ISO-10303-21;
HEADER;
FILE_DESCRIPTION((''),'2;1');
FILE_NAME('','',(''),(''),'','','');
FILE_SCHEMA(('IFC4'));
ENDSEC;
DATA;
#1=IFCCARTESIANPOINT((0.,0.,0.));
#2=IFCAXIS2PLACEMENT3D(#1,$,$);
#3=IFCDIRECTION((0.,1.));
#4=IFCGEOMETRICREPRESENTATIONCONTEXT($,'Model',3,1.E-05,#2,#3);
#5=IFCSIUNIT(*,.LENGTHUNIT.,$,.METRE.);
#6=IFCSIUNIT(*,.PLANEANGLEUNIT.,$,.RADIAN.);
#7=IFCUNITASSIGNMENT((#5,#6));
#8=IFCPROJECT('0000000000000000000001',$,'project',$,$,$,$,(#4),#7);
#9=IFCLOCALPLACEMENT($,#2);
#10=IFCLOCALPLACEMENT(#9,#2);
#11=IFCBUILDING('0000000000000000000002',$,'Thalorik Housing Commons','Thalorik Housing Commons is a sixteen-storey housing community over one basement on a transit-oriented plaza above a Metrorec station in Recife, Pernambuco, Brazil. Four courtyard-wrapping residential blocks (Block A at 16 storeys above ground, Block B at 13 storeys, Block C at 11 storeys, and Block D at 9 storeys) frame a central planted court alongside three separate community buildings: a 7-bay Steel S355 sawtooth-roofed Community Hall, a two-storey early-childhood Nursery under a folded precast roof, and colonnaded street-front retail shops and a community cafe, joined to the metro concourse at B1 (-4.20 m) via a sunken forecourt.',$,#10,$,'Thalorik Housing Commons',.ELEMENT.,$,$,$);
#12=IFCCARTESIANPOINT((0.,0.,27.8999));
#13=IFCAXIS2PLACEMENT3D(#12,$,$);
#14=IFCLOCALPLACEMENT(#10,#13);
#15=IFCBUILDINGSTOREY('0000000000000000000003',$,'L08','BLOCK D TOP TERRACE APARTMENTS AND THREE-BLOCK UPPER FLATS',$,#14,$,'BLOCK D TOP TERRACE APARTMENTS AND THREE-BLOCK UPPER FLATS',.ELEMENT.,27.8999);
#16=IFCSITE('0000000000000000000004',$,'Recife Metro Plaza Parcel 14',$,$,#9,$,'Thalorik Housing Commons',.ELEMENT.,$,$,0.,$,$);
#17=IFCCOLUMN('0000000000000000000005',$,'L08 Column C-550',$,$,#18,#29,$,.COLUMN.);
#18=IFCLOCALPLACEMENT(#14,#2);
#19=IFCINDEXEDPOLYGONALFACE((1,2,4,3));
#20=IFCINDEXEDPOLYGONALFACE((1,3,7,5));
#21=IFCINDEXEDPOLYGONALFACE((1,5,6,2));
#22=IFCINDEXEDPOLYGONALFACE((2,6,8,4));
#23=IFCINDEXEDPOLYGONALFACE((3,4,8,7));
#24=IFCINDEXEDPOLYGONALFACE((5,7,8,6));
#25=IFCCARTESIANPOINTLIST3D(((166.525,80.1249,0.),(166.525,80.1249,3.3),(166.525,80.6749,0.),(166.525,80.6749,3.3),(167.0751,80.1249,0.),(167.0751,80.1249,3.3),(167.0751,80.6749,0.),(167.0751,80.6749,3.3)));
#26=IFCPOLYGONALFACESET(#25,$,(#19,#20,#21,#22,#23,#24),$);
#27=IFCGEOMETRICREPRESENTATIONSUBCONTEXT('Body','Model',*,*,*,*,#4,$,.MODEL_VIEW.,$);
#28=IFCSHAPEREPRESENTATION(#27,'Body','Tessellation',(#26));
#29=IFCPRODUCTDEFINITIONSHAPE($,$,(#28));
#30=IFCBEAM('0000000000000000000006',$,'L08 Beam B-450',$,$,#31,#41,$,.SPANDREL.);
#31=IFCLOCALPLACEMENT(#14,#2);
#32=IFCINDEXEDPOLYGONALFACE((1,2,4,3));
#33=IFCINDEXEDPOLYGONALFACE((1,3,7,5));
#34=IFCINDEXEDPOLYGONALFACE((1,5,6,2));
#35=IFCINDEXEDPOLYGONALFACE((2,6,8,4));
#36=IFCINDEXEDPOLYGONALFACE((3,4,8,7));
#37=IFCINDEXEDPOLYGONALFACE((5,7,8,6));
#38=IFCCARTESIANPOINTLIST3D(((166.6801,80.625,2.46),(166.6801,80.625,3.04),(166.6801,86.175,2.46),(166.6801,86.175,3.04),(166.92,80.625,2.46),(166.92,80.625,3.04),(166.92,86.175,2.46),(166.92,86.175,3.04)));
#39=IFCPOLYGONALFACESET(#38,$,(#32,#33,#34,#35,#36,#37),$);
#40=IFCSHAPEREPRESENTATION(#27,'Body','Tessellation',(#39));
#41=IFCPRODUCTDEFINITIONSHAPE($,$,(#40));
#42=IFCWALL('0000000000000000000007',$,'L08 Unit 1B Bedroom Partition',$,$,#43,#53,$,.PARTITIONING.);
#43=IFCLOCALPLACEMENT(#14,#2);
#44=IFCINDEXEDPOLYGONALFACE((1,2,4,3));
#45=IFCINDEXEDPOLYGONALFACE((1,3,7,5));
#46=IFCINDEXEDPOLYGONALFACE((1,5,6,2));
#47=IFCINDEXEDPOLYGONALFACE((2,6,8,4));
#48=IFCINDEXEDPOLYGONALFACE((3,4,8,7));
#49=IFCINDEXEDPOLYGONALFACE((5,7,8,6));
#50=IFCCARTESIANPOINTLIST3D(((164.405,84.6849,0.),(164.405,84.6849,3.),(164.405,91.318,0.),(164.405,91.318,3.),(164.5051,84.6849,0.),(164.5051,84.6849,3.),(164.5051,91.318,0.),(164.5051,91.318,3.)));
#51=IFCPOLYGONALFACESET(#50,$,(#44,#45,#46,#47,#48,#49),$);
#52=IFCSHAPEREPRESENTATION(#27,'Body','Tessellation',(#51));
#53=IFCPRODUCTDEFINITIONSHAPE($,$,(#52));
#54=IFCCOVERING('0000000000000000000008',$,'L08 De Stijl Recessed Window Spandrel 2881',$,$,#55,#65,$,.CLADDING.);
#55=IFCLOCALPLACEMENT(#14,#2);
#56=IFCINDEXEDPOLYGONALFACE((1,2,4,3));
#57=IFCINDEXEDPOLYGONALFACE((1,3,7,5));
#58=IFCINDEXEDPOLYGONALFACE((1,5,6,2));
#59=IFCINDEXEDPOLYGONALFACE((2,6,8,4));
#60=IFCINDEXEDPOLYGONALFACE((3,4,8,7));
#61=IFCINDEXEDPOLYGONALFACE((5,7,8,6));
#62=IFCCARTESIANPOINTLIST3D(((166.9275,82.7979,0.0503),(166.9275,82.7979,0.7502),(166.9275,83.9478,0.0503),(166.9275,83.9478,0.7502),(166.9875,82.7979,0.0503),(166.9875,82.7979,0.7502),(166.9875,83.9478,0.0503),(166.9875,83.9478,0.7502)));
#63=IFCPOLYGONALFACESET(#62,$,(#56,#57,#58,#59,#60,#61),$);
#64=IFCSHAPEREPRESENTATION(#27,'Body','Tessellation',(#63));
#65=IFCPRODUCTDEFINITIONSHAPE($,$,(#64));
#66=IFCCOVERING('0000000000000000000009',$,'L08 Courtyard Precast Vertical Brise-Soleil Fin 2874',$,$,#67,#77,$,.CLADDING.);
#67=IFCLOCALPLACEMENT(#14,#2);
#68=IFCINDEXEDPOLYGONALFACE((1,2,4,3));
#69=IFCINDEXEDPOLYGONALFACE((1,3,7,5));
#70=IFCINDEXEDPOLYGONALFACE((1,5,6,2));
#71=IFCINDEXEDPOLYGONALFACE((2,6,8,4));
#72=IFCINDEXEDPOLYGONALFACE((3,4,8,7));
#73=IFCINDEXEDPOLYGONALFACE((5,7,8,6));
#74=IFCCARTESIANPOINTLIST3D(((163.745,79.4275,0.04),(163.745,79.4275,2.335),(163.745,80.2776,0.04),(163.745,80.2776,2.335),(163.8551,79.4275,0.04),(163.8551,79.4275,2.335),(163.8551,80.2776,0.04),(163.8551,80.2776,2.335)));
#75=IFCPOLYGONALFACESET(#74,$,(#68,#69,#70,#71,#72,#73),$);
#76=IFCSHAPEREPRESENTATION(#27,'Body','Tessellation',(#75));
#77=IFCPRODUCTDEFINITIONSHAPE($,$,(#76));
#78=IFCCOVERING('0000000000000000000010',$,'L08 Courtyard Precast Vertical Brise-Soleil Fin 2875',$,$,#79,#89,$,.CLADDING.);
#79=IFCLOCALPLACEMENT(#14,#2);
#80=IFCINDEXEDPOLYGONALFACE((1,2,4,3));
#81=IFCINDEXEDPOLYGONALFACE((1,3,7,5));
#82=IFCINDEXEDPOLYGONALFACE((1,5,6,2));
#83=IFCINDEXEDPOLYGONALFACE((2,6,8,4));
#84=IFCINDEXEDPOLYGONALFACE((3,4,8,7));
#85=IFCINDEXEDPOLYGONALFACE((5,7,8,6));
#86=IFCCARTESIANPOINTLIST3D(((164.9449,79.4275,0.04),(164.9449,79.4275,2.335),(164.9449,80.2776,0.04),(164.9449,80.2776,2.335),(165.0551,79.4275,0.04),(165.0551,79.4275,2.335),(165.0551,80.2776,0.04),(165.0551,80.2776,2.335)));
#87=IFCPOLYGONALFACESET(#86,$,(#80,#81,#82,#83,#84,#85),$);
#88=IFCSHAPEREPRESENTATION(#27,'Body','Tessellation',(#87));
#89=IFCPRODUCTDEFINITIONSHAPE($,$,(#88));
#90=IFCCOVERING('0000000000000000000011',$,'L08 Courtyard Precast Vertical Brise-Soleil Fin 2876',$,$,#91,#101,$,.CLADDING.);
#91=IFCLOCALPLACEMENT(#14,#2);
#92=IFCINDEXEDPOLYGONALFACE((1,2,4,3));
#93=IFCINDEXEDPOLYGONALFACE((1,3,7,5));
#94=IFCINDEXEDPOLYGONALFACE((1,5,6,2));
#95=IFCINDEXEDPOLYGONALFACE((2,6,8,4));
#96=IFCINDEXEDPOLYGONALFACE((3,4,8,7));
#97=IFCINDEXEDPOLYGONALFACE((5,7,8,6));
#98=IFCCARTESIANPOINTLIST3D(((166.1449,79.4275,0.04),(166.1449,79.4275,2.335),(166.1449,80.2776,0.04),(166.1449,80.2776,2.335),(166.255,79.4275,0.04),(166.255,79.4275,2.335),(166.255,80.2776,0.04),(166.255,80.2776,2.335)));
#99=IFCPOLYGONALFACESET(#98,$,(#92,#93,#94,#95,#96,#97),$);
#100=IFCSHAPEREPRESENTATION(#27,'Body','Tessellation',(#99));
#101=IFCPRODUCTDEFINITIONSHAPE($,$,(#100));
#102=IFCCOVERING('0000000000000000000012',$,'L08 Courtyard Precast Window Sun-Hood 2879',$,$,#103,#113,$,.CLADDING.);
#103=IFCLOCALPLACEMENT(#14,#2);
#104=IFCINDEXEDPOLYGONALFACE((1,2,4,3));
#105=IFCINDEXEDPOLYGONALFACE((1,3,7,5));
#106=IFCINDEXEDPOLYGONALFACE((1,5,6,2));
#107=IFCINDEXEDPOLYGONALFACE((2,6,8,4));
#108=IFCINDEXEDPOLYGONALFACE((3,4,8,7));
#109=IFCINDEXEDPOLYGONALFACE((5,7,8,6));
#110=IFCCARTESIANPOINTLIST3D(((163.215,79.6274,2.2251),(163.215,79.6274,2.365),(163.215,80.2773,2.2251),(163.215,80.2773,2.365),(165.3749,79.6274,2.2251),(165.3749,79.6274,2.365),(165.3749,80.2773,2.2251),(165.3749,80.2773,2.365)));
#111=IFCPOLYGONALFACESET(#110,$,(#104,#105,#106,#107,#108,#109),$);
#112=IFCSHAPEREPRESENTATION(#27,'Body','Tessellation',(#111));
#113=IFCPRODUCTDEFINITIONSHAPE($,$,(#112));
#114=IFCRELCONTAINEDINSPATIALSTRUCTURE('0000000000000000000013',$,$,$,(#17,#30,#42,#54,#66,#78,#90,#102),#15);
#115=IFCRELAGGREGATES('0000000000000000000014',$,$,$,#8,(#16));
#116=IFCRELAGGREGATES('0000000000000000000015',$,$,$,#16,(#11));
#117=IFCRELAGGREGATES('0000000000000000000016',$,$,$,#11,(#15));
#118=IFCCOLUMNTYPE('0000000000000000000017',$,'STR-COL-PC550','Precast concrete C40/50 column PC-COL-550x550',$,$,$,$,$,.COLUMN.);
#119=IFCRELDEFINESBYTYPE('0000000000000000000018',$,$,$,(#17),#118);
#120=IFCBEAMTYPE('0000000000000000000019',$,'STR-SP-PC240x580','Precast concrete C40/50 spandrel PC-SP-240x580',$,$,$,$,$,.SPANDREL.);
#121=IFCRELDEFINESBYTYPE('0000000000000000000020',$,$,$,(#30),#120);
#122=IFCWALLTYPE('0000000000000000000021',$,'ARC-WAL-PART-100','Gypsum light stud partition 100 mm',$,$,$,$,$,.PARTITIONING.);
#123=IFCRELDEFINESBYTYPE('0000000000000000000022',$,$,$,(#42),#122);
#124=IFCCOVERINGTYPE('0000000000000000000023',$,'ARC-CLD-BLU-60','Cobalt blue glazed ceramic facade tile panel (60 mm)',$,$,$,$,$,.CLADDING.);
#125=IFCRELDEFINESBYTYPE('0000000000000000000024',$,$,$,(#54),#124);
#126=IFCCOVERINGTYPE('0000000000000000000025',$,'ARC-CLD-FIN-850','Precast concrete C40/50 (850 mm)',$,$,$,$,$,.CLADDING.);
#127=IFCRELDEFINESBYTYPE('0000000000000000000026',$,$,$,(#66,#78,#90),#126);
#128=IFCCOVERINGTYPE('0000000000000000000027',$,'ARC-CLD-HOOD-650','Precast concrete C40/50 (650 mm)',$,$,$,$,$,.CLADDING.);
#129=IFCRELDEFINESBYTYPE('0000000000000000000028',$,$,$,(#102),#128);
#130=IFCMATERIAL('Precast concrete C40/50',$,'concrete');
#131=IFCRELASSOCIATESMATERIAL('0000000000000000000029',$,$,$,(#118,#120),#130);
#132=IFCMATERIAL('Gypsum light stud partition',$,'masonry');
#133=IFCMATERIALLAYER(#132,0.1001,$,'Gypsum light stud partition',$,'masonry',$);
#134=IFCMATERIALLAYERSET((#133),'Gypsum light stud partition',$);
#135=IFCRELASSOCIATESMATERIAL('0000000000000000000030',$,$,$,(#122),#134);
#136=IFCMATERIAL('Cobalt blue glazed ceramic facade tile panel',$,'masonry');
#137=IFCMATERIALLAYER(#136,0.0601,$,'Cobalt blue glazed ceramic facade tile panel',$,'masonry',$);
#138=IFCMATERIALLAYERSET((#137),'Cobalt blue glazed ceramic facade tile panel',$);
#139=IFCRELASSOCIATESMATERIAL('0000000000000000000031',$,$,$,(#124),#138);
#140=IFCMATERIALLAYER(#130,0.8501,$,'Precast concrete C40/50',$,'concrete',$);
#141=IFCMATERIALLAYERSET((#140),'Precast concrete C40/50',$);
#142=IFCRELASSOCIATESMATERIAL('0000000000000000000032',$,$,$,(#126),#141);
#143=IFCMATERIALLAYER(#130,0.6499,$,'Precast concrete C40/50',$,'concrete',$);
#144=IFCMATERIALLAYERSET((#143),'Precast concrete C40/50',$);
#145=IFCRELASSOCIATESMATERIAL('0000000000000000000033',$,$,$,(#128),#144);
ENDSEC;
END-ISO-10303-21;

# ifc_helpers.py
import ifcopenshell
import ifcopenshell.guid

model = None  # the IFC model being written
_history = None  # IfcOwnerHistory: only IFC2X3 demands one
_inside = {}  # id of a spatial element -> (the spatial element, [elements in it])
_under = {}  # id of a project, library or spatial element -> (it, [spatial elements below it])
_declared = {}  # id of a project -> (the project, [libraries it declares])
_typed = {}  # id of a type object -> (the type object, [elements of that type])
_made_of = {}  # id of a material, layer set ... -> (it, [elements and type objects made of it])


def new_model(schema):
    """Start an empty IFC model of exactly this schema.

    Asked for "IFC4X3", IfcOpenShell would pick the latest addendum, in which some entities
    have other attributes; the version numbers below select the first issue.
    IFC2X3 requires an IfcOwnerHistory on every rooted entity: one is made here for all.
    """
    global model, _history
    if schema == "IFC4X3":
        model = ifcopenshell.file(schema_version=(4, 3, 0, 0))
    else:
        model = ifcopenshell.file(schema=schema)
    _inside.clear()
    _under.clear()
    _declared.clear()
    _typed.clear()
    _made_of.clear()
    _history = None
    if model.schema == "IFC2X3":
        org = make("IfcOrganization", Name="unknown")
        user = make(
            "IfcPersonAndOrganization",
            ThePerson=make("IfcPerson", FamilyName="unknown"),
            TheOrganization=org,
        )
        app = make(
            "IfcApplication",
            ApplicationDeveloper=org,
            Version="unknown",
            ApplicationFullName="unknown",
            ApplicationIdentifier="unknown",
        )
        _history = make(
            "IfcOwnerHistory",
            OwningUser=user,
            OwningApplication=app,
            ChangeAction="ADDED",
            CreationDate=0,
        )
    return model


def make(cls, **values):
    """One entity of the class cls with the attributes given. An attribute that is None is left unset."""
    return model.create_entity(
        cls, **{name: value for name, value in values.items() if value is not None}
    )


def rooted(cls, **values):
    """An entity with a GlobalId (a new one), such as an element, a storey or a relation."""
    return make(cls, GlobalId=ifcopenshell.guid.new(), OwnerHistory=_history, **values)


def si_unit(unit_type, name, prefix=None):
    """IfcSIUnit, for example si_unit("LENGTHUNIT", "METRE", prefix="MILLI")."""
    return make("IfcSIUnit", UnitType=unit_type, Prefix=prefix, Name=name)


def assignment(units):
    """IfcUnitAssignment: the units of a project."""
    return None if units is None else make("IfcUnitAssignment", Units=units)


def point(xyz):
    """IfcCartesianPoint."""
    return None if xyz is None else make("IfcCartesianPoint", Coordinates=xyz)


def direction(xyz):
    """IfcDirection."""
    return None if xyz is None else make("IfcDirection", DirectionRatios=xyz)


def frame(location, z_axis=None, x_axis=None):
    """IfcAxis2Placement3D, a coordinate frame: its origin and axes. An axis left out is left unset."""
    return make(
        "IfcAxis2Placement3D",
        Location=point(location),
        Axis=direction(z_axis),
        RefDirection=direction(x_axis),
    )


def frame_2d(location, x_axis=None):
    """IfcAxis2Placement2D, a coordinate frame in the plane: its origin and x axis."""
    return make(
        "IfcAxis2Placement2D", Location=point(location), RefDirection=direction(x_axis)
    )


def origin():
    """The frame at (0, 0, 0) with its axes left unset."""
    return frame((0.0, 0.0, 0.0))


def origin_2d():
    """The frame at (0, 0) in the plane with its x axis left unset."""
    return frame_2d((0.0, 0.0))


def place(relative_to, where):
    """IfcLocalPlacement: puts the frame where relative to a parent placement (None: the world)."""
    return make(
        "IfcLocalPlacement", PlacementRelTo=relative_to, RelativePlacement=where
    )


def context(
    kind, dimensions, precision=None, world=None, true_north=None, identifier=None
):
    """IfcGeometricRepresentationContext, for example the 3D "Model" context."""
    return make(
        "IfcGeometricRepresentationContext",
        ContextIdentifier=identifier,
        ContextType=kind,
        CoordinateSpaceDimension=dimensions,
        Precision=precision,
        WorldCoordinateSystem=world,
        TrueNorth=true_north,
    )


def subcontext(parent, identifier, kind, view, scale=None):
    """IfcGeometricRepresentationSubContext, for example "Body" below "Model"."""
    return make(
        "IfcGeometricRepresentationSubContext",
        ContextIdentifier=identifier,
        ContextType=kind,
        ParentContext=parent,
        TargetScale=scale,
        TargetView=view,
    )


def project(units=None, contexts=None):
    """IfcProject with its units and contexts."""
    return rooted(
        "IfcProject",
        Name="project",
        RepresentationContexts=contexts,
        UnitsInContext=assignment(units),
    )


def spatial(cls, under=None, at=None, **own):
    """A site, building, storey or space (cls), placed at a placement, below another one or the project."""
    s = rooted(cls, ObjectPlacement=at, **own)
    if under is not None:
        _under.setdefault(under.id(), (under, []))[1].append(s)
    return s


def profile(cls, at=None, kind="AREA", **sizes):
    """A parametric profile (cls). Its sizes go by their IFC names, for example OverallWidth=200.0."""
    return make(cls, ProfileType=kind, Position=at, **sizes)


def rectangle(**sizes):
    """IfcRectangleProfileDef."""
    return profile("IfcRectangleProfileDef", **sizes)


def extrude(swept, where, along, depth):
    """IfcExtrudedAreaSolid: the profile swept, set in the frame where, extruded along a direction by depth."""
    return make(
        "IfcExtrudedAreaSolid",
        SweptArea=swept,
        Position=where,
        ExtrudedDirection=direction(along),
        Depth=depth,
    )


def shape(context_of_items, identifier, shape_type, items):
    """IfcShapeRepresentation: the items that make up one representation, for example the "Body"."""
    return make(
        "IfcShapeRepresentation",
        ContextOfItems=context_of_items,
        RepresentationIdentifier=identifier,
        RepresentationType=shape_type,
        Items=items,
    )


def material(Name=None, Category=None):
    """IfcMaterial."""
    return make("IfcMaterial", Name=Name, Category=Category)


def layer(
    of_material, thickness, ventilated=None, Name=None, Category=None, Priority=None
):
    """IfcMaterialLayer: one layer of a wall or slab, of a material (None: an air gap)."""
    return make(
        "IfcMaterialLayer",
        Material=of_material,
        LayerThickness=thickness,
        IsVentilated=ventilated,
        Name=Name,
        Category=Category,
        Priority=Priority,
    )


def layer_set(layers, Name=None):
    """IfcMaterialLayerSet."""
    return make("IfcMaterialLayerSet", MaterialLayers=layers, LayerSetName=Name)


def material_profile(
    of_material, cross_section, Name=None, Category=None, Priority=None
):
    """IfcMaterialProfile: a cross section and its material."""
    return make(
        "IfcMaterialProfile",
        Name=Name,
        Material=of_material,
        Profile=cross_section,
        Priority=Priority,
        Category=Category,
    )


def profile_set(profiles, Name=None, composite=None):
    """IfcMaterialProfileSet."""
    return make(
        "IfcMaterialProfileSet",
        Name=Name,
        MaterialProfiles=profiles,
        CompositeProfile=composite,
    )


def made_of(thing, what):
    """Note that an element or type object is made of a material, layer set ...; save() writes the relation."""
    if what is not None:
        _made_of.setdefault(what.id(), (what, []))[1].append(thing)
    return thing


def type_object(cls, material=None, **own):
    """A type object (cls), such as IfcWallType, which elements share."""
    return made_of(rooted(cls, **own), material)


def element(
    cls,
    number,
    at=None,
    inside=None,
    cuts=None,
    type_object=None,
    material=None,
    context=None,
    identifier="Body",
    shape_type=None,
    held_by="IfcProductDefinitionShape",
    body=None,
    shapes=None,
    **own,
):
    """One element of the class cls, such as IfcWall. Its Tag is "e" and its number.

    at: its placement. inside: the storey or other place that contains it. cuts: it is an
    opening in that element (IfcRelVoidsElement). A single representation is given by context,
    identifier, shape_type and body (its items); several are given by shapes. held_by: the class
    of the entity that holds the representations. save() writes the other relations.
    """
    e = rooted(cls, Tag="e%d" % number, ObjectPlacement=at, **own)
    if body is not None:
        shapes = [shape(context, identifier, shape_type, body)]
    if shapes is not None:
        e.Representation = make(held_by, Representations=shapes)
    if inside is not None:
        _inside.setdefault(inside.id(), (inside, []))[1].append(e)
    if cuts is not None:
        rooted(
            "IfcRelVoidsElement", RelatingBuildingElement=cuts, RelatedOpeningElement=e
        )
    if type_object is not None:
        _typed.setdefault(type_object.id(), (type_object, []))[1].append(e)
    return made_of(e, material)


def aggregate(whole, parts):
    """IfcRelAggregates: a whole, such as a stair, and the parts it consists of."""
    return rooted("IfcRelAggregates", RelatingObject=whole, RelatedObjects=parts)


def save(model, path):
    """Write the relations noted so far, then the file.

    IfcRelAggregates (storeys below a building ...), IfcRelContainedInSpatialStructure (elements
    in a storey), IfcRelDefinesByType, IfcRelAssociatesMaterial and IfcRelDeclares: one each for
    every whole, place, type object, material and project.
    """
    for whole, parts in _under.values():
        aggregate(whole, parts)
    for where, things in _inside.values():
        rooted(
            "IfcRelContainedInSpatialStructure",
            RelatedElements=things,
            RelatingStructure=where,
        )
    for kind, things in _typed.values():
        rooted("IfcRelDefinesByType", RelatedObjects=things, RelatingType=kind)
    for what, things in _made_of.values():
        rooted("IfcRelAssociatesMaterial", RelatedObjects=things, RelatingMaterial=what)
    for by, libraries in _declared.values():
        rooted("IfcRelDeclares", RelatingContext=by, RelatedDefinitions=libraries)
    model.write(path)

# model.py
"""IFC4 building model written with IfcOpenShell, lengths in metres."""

from ifc_helpers import new_model, si_unit, direction, frame, frame_2d, origin, origin_2d, place, context, subcontext, project, spatial, rectangle, extrude, material, layer, layer_set, material_profile, profile_set, type_object, element, save


model = new_model("IFC4")

# Units and contexts
model_context = context("Model", 3, precision=1e-05, world=origin(), true_north=direction((0.0, 1.0)))
body_context = subcontext(model_context, "Body", "Model", "MODEL_VIEW")
ifc_project = project(units=[si_unit("LENGTHUNIT", "METRE"), si_unit("PLANEANGLEUNIT", "RADIAN")], contexts=[model_context])

# Site, building, storey
site_placement = place(None, origin())
site = spatial("IfcSite", under=ifc_project, at=site_placement, Name="Recife Metro Plaza Parcel 14", LongName="Thalorik Housing Commons", CompositionType="ELEMENT", RefElevation=0.0)
building_placement = place(site_placement, origin())
building = spatial("IfcBuilding", under=site, at=building_placement, Name="Thalorik Housing Commons", Description="Thalorik Housing Commons is a sixteen-storey housing community over one basement on a transit-oriented plaza above a Metrorec station in Recife, Pernambuco, Brazil. Four courtyard-wrapping residential blocks (Block A at 16 storeys above ground, Block B at 13 storeys, Block C at 11 storeys, and Block D at 9 storeys) frame a central planted court alongside three separate community buildings: a 7-bay Steel S355 sawtooth-roofed Community Hall, a two-storey early-childhood Nursery under a folded precast roof, and colonnaded street-front retail shops and a community cafe, joined to the metro concourse at B1 (-4.20 m) via a sunken forecourt.", LongName="Thalorik Housing Commons", CompositionType="ELEMENT")
storey_placement = place(building_placement, frame((0.0, 0.0, 27.8999)))
storey = spatial("IfcBuildingStorey", under=building, at=storey_placement, Name="L08", Description="BLOCK D TOP TERRACE APARTMENTS AND THREE-BLOCK UPPER FLATS", LongName="BLOCK D TOP TERRACE APARTMENTS AND THREE-BLOCK UPPER FLATS", CompositionType="ELEMENT", Elevation=27.8999)

# Column
ifc_material_1 = material(Name="Precast concrete C40/50", Category="concrete")
ifc_material_profile_1 = material_profile(ifc_material_1, rectangle(XDim=0.55, YDim=0.55, at=origin_2d()), Name="PC 550x550", Category="concrete")
ifc_profile_set_1 = profile_set([ifc_material_profile_1], Name="Precast concrete C40/50")
column_type = type_object("IfcColumnType", Name="STR-COL-PC550", Description="Precast concrete C40/50 column PC-COL-550x550", PredefinedType="COLUMN", material=ifc_profile_set_1)
column_placement = place(storey_placement, frame((166.8, 80.3999, 0.0), z_axis=(0.0, 0.0, 1.0), x_axis=(1.0, 0.0, 0.0)))
element("IfcColumn", 1, at=column_placement, inside=storey, type_object=column_type, Name="L08 Column C-550", PredefinedType="COLUMN", context=body_context, shape_type="SweptSolid", body=[
    extrude(rectangle(XDim=0.55, YDim=0.55, at=origin_2d()), origin(), (0.0, 0.0, 1.0), 3.3),
])

# Beam
ifc_material_profile_2 = material_profile(ifc_material_1, rectangle(XDim=0.24, YDim=0.5801, at=origin_2d()), Name="PC SP 240x580", Category="concrete")
ifc_profile_set_2 = profile_set([ifc_material_profile_2], Name="Precast concrete C40/50")
beam_type = type_object("IfcBeamType", Name="STR-SP-PC240x580", Description="Precast concrete C40/50 spandrel PC-SP-240x580", PredefinedType="SPANDREL", material=ifc_profile_set_2)
beam_placement = place(storey_placement, frame((166.8, 80.625, 2.75), z_axis=(0.0, 1.0, 0.0), x_axis=(-1.0, 0.0, 0.0)))
element("IfcBeam", 2, at=beam_placement, inside=storey, type_object=beam_type, Name="L08 Beam B-450", PredefinedType="SPANDREL", context=body_context, shape_type="SweptSolid", body=[
    extrude(rectangle(XDim=0.24, YDim=0.5801, at=origin_2d()), origin(), (0.0, 0.0, 1.0), 5.55),
])

# Wall
ifc_material_2 = material(Name="Gypsum light stud partition", Category="masonry")
ifc_layer_1 = layer(ifc_material_2, 0.1001, Name="Gypsum light stud partition", Category="masonry")
ifc_layer_set_1 = layer_set([ifc_layer_1], Name="Gypsum light stud partition")
wall_type_1 = type_object("IfcWallType", Name="ARC-WAL-PART-100", Description="Gypsum light stud partition 100 mm", PredefinedType="PARTITIONING", material=ifc_layer_set_1)
wall_1_placement = place(storey_placement, frame((164.4551, 84.6851, 0.0), z_axis=(0.0, 0.0, 1.0), x_axis=(0.0, 1.0, 0.0)))
element("IfcWall", 3, at=wall_1_placement, inside=storey, type_object=wall_type_1, Name="L08 Unit 1B Bedroom Partition", PredefinedType="PARTITIONING", context=body_context, shape_type="SweptSolid", body=[
    extrude(rectangle(XDim=6.6331, YDim=0.1001, at=frame_2d((3.3164, 0.0))), origin(), (0.0, 0.0, 1.0), 3.0),
])

# Coverings
ifc_material_3 = material(Name="Cobalt blue glazed ceramic facade tile panel", Category="masonry")
ifc_layer_2 = layer(ifc_material_3, 0.0601, Name="Cobalt blue glazed ceramic facade tile panel", Category="masonry")
ifc_layer_set_2 = layer_set([ifc_layer_2], Name="Cobalt blue glazed ceramic facade tile panel")
covering_type_1 = type_object("IfcCoveringType", Name="ARC-CLD-BLU-60", Description="Cobalt blue glazed ceramic facade tile panel (60 mm)", PredefinedType="CLADDING", material=ifc_layer_set_2)
covering_1_placement = place(storey_placement, frame((166.9575, 83.3728, 0.0503), z_axis=(0.0, 0.0, 1.0), x_axis=(0.0, 1.0, 0.0)))
element("IfcCovering", 4, at=covering_1_placement, inside=storey, type_object=covering_type_1, Name="L08 De Stijl Recessed Window Spandrel 2881", PredefinedType="CLADDING", context=body_context, shape_type="SweptSolid", body=[
    extrude(rectangle(XDim=1.1499, YDim=0.0601, at=origin_2d()), origin(), (0.0, 0.0, 1.0), 0.7),
])
ifc_layer_3 = layer(ifc_material_1, 0.8501, Name="Precast concrete C40/50", Category="concrete")
ifc_layer_set_3 = layer_set([ifc_layer_3], Name="Precast concrete C40/50")
covering_type_2 = type_object("IfcCoveringType", Name="ARC-CLD-FIN-850", Description="Precast concrete C40/50 (850 mm)", PredefinedType="CLADDING", material=ifc_layer_set_3)
for number, where, z_axis, x_axis, name in (
    (5, (163.8, 79.8525, 0.04), (0.0, 0.0, 1.0), (1.0, 0.0, 0.0), "L08 Courtyard Precast Vertical Brise-Soleil Fin 2874"),
    (6, (165.0, 79.8525, 0.04), (0.0, 0.0, 1.0), (1.0, 0.0, 0.0), "L08 Courtyard Precast Vertical Brise-Soleil Fin 2875"),
    (7, (166.2, 79.8525, 0.04), (0.0, 0.0, 1.0), (1.0, 0.0, 0.0), "L08 Courtyard Precast Vertical Brise-Soleil Fin 2876"),
):
    element("IfcCovering", number, at=place(storey_placement, frame(where, z_axis=z_axis, x_axis=x_axis)), inside=storey, type_object=covering_type_2, Name=name, PredefinedType="CLADDING", context=body_context, shape_type="SweptSolid", body=[
        extrude(rectangle(XDim=0.1101, YDim=0.8501, at=origin_2d()), origin(), (0.0, 0.0, 1.0), 2.2949),
    ])
ifc_layer_4 = layer(ifc_material_1, 0.6499, Name="Precast concrete C40/50", Category="concrete")
ifc_layer_set_4 = layer_set([ifc_layer_4], Name="Precast concrete C40/50")
covering_type_3 = type_object("IfcCoveringType", Name="ARC-CLD-HOOD-650", Description="Precast concrete C40/50 (650 mm)", PredefinedType="CLADDING", material=ifc_layer_set_4)
covering_2_placement = place(storey_placement, frame((164.2949, 79.9524, 2.2251), z_axis=(0.0, 0.0, 1.0), x_axis=(1.0, 0.0, 0.0)))
element("IfcCovering", 8, at=covering_2_placement, inside=storey, type_object=covering_type_3, Name="L08 Courtyard Precast Window Sun-Hood 2879", PredefinedType="CLADDING", context=body_context, shape_type="SweptSolid", body=[
    extrude(rectangle(XDim=2.1599, YDim=0.6499, at=origin_2d()), origin(), (0.0, 0.0, 1.0), 0.1399),
])

save(model, "model.ifc")
